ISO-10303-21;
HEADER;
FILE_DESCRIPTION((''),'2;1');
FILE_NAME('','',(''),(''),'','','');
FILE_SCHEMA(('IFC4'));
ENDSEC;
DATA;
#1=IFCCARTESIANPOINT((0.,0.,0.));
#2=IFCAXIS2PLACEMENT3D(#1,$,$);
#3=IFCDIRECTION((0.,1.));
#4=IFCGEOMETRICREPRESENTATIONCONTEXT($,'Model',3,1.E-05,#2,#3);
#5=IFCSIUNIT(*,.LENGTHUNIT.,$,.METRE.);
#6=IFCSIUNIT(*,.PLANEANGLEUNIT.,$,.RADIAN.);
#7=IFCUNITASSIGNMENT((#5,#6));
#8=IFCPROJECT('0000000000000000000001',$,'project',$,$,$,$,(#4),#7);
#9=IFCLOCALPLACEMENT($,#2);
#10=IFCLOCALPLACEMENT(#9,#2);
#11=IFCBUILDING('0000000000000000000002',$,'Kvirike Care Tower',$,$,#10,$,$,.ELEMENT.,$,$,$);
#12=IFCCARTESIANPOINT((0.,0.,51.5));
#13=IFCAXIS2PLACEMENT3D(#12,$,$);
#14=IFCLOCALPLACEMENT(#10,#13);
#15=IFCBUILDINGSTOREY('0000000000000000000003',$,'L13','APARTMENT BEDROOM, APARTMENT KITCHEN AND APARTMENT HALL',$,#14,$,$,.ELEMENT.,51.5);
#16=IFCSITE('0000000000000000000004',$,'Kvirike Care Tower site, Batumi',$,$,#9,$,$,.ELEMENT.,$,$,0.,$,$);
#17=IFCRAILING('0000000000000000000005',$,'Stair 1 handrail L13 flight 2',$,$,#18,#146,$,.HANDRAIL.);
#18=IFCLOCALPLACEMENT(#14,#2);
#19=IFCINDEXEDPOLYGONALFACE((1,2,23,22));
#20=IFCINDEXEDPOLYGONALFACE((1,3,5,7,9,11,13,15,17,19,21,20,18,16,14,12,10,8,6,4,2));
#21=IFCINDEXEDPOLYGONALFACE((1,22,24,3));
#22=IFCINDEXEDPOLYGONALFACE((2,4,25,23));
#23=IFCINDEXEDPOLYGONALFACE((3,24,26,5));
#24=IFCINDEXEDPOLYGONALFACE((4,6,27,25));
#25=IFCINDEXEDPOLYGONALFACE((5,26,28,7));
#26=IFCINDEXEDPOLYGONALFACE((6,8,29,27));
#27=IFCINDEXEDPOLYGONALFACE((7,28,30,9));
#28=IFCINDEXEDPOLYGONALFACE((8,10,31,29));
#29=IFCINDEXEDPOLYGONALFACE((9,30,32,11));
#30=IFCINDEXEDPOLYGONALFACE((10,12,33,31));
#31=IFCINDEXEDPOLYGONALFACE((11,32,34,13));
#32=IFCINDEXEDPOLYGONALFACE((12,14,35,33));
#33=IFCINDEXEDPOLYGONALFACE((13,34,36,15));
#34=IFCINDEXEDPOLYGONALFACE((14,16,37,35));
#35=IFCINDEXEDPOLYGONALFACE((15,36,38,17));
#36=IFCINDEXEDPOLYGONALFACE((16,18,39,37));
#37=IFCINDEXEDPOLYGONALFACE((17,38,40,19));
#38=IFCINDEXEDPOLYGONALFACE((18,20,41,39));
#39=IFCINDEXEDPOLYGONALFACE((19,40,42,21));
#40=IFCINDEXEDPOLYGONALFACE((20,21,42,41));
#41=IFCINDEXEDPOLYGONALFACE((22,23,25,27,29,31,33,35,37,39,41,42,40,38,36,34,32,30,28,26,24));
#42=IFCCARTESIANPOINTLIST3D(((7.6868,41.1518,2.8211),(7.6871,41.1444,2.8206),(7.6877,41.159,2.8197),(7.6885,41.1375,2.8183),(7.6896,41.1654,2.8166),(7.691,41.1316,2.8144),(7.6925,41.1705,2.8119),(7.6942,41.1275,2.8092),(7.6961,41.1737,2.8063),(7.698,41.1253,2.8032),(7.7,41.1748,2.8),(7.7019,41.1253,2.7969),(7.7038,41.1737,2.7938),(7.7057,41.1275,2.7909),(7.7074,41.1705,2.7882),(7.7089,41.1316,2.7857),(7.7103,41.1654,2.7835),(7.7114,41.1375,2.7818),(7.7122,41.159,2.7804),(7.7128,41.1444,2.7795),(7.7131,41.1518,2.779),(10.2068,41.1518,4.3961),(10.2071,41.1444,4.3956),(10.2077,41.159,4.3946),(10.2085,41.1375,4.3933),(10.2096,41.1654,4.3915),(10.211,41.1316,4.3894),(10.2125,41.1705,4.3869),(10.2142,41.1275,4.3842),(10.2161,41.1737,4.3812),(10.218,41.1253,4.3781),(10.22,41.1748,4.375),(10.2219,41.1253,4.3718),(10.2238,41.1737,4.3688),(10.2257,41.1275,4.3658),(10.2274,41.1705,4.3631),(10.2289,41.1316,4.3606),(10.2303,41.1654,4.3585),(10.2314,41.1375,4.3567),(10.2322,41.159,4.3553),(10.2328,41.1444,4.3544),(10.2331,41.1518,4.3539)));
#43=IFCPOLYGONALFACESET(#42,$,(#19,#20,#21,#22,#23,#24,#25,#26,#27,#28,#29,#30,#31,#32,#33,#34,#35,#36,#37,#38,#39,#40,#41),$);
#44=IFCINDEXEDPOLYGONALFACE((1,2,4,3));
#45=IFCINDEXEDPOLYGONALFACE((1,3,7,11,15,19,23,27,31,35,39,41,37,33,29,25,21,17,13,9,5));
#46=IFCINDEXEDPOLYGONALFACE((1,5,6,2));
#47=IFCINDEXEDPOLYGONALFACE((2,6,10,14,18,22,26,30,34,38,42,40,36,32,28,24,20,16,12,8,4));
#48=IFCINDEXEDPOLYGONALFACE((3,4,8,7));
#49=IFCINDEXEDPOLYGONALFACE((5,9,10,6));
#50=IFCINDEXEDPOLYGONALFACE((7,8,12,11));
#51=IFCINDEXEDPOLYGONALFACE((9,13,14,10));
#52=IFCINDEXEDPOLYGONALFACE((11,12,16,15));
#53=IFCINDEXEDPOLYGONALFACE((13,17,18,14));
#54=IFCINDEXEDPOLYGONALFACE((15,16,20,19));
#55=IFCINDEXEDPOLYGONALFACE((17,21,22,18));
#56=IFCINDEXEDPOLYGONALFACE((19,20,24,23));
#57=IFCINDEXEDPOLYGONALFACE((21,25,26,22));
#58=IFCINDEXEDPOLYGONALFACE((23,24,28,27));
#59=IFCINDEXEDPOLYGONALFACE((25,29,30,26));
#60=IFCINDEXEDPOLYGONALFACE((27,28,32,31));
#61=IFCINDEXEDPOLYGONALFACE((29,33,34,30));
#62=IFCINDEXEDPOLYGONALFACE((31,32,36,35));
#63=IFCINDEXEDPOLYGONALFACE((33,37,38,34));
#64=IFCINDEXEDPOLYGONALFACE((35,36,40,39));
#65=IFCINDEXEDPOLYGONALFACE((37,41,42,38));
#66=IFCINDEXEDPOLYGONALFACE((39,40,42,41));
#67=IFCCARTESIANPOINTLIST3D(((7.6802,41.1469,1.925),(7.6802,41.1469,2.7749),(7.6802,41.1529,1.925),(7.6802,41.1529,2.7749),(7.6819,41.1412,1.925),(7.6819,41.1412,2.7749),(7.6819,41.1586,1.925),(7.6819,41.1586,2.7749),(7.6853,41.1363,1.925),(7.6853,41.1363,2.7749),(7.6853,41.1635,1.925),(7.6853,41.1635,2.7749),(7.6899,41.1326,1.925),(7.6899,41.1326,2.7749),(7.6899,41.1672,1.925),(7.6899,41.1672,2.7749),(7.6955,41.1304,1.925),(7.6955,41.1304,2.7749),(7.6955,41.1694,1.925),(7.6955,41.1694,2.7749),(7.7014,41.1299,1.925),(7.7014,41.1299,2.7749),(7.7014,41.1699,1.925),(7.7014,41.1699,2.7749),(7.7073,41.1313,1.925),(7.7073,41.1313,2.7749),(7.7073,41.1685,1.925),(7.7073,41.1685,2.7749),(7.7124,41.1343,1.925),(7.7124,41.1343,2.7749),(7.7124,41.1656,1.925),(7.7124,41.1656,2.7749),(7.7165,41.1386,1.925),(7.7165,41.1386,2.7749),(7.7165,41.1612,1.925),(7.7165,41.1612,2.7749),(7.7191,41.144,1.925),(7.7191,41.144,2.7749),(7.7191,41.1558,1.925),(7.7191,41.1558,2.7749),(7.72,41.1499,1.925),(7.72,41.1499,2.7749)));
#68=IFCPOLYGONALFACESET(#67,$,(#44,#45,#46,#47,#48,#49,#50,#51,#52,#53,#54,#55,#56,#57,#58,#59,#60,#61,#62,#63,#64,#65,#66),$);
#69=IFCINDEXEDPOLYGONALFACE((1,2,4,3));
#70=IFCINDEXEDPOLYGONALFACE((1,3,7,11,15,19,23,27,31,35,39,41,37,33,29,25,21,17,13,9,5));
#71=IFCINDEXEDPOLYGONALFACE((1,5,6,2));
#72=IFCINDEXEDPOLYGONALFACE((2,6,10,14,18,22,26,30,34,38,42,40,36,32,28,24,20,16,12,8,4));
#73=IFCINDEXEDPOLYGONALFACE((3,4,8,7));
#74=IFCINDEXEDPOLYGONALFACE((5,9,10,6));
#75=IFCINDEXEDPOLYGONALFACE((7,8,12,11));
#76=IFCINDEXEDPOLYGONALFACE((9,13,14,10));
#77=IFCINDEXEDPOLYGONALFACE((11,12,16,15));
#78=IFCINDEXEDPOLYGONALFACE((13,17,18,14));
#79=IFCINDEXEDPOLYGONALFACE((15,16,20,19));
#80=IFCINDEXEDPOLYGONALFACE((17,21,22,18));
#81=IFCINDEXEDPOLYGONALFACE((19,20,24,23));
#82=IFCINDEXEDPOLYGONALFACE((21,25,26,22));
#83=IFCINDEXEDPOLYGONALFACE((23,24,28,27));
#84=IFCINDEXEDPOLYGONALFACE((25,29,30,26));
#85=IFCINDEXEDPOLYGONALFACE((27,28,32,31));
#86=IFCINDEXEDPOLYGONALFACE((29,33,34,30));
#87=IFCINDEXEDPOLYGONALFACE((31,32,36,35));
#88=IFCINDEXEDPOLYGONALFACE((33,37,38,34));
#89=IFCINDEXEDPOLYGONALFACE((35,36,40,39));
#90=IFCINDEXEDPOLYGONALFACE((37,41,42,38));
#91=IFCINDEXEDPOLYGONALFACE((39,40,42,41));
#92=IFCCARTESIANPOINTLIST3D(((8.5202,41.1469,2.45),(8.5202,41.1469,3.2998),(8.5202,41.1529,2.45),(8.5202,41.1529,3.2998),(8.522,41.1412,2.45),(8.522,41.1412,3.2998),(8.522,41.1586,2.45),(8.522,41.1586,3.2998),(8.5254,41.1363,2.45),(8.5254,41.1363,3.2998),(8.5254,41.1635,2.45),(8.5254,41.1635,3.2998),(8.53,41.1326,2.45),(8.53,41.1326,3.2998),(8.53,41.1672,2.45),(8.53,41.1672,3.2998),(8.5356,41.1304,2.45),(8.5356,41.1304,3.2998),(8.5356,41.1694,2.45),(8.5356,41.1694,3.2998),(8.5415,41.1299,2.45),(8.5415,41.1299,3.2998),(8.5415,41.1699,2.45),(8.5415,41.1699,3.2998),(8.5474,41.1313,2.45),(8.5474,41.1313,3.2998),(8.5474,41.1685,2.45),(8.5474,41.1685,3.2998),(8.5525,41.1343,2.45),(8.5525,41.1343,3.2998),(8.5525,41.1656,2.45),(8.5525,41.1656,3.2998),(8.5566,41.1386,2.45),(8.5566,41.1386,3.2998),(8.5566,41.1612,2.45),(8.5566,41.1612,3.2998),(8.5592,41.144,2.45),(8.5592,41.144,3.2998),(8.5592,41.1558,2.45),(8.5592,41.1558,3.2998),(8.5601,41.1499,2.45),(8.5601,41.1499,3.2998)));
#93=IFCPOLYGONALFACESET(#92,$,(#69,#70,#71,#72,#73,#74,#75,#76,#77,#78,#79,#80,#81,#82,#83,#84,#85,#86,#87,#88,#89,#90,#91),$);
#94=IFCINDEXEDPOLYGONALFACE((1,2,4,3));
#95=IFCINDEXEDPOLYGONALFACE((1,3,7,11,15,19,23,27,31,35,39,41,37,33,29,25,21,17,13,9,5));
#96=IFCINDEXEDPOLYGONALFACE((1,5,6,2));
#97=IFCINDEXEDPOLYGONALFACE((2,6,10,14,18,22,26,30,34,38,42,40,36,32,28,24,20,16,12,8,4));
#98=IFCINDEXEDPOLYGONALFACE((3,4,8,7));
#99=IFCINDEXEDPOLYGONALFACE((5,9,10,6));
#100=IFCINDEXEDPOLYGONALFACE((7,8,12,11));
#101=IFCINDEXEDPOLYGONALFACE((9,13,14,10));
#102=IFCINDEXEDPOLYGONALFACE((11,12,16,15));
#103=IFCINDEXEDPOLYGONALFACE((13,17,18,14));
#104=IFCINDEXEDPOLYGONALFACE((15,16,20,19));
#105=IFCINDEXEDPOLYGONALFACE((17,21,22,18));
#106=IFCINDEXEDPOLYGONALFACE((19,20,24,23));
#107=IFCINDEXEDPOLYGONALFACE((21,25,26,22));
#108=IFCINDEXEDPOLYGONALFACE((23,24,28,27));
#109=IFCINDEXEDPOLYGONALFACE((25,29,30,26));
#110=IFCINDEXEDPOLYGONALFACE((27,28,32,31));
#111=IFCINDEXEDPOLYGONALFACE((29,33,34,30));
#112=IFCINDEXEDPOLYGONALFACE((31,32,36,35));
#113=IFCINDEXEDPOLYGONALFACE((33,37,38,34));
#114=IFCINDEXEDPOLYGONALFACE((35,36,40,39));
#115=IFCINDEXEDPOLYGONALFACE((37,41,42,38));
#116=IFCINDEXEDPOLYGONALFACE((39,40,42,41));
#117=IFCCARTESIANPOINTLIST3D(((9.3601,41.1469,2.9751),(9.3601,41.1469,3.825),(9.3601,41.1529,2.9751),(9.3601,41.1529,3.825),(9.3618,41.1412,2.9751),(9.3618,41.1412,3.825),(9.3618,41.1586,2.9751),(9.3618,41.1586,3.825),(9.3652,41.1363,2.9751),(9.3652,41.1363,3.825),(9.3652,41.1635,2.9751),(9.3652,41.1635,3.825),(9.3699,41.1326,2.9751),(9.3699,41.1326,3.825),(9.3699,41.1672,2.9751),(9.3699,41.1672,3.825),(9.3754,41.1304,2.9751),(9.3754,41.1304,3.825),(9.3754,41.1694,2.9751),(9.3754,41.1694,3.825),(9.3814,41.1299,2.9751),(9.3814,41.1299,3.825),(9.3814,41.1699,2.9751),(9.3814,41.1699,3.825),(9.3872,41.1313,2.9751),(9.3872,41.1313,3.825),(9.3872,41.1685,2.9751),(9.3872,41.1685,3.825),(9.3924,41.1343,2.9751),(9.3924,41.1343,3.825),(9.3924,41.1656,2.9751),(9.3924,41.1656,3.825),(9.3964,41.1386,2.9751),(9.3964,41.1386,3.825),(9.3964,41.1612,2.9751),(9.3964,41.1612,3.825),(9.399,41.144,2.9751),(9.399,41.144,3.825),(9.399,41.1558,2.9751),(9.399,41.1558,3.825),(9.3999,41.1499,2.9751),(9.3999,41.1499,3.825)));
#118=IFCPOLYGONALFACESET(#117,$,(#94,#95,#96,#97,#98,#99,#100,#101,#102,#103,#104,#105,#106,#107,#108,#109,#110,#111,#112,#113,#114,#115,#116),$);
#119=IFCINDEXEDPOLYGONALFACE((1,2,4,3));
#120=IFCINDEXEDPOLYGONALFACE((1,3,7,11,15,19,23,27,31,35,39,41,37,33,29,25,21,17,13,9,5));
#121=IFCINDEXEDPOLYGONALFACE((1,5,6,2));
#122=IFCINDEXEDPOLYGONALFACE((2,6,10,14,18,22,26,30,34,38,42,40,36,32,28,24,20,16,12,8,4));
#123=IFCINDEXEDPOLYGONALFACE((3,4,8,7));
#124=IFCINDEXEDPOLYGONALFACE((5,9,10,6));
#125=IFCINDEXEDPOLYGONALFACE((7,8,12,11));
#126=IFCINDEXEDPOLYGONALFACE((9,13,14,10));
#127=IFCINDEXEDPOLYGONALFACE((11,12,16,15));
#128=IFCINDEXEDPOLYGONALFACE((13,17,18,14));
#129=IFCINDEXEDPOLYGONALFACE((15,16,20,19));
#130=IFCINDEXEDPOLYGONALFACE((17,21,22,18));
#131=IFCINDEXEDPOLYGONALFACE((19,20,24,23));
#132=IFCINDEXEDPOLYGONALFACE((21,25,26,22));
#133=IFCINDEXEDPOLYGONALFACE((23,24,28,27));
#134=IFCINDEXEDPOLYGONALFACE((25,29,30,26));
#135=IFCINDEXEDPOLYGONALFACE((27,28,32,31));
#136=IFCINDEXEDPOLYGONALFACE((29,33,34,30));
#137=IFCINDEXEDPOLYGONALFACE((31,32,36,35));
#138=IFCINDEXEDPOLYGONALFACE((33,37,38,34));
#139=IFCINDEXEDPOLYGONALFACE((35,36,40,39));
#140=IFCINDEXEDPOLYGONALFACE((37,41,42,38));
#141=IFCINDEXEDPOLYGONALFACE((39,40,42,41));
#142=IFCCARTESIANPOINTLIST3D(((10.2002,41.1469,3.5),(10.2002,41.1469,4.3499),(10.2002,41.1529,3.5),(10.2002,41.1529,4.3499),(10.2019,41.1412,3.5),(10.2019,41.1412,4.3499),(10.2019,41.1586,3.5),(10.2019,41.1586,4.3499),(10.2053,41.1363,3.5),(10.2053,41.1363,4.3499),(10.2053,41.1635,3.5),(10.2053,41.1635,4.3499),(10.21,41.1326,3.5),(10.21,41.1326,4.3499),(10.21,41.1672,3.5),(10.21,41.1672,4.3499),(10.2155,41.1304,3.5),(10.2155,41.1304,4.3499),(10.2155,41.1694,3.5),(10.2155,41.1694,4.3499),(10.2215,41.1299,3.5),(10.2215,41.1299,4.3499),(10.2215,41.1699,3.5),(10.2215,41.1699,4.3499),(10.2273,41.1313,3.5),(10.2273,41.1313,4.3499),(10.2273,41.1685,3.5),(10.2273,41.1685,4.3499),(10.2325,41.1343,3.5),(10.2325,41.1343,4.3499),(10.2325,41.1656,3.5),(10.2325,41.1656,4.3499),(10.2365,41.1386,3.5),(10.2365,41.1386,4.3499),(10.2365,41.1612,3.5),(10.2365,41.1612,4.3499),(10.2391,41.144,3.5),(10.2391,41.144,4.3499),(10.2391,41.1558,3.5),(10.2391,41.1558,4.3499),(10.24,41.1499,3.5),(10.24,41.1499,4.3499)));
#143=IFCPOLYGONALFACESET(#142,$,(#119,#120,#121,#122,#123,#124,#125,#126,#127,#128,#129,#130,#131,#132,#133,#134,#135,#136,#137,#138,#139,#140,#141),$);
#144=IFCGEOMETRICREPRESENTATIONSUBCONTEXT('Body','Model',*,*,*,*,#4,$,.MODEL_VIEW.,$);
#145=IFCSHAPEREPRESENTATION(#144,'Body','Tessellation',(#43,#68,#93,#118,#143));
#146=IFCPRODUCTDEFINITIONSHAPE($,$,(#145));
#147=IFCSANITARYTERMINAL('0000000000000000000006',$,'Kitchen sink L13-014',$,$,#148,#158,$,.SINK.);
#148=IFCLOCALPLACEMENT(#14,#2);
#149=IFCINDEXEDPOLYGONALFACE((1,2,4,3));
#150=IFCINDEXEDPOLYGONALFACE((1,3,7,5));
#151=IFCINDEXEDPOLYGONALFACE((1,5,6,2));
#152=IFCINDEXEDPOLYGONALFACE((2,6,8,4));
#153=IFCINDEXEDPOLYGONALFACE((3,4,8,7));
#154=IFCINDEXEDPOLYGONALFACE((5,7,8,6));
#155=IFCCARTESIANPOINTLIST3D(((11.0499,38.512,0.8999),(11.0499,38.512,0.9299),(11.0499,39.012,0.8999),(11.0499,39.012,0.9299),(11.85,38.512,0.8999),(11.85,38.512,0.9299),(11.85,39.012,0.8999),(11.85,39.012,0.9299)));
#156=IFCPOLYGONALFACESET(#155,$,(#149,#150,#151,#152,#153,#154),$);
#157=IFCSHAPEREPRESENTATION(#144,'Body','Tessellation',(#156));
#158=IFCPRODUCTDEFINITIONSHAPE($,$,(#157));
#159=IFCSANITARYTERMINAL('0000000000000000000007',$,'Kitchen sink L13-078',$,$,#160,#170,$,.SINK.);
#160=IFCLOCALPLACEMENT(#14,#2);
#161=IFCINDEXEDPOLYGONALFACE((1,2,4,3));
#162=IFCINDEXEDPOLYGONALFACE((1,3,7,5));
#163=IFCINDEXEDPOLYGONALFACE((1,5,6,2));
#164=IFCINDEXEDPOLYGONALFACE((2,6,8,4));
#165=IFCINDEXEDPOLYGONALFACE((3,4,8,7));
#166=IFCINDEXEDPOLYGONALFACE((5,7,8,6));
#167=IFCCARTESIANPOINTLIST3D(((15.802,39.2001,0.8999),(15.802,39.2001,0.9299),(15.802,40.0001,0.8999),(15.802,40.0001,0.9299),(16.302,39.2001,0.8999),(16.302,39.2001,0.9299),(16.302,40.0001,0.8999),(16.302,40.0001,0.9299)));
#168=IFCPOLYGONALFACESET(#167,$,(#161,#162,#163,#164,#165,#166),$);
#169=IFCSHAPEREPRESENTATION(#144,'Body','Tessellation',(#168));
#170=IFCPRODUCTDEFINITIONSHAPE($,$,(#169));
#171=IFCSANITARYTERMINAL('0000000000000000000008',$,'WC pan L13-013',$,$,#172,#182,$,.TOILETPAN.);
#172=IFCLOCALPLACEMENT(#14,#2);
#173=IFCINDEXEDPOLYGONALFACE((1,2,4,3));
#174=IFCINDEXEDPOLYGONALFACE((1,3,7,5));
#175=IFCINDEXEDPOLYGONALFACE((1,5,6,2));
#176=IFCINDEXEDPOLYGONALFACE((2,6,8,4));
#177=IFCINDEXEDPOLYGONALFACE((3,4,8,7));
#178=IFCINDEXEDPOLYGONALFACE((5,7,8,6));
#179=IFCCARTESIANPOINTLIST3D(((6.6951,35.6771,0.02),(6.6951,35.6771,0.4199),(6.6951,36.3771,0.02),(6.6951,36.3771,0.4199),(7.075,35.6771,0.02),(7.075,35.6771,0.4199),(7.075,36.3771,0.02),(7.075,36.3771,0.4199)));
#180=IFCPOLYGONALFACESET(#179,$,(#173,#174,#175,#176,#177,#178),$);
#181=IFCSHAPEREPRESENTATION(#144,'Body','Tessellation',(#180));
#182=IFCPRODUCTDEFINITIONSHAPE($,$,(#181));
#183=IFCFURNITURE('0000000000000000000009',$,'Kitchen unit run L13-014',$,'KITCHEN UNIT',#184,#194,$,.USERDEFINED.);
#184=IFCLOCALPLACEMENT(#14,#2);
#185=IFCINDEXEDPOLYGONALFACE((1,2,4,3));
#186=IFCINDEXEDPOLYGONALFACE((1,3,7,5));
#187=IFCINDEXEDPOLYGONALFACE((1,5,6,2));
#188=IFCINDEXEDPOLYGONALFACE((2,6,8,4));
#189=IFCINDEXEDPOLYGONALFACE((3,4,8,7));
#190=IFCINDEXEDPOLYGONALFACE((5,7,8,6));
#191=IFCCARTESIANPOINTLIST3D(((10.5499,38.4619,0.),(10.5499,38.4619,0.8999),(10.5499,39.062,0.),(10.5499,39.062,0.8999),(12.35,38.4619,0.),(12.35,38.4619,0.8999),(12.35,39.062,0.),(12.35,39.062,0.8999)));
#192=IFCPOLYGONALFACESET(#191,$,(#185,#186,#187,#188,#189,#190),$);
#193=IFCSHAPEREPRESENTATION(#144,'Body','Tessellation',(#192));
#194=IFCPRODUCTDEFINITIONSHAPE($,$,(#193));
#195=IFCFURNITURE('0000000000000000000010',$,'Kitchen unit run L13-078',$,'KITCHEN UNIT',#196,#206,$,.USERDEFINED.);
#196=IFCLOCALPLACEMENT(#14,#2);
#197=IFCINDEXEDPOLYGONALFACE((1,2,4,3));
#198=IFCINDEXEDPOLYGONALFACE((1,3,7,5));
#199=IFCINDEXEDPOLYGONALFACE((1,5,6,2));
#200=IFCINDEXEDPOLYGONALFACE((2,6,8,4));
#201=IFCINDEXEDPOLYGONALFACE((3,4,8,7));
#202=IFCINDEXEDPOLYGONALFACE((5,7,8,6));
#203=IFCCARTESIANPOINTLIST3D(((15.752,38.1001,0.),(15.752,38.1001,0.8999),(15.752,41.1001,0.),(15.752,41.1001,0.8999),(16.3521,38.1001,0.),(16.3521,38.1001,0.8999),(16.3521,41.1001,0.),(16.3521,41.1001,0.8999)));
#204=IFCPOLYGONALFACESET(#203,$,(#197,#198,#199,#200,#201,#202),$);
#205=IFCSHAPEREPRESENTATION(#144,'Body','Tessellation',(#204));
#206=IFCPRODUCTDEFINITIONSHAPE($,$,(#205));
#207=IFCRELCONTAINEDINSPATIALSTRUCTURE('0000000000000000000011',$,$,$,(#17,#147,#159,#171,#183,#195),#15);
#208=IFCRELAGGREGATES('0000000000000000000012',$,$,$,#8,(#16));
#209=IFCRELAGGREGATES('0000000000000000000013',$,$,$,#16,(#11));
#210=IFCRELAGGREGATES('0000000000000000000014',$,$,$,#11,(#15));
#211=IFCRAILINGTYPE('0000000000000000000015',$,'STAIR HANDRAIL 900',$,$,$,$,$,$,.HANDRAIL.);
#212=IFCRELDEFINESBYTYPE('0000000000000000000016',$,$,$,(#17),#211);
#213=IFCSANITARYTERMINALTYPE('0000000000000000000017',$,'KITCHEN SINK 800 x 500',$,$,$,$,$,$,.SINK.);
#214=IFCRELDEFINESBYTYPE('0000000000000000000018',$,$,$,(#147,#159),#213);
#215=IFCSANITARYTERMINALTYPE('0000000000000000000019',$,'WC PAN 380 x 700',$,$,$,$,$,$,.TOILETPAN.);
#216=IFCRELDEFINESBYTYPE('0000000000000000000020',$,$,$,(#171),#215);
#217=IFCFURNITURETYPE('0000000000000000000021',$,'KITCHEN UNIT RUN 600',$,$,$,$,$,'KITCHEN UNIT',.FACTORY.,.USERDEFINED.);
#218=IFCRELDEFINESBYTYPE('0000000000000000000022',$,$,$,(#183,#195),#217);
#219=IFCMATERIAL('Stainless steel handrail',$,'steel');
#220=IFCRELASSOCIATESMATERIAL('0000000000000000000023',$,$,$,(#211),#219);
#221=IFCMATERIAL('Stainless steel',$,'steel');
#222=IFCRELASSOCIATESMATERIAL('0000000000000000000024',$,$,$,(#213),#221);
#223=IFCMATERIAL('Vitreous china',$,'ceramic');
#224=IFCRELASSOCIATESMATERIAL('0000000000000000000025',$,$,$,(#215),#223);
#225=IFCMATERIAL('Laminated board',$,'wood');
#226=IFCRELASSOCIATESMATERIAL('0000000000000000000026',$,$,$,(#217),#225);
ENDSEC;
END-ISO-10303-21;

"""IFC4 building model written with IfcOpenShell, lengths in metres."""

from ifc_helpers import new_model, si_unit, direction, frame, origin, origin_2d, place, context, subcontext, project, spatial, rectangle, circle, extrude, material, type_object, element, save


model = new_model("IFC4")

# Units and contexts
model_context = context("Model", 3, precision=1e-05, world=origin(), true_north=direction((0.0, 1.0)))
body_context = subcontext(model_context, "Body", "Model", "MODEL_VIEW")
ifc_project = project(units=[si_unit("LENGTHUNIT", "METRE"), si_unit("PLANEANGLEUNIT", "RADIAN")], contexts=[model_context])

# Site, building, storey
site_placement = place(None, origin())
site = spatial("IfcSite", under=ifc_project, at=site_placement, Name="Kvirike Care Tower site, Batumi", CompositionType="ELEMENT", RefElevation=0.0)
building_placement = place(site_placement, origin())
building = spatial("IfcBuilding", under=site, at=building_placement, Name="Kvirike Care Tower", CompositionType="ELEMENT")
storey_placement = place(building_placement, frame((0.0, 0.0, 51.5)))
storey = spatial("IfcBuildingStorey", under=building, at=storey_placement, Name="L13", Description="APARTMENT BEDROOM, APARTMENT KITCHEN AND APARTMENT HALL", CompositionType="ELEMENT", Elevation=51.5)

# Railing
ifc_material_1 = material(Name="Stainless steel handrail", Category="steel")
railing_type = type_object("IfcRailingType", Name="STAIR HANDRAIL 900", PredefinedType="HANDRAIL", material=ifc_material_1)
railing_1_placement = place(storey_placement, frame((7.7, 41.1499, 1.925)))
element("IfcRailing", 1, at=railing_1_placement, inside=storey, type_object=railing_type, Name="Stair 1 handrail L13 flight 2", PredefinedType="HANDRAIL", context=body_context, shape_type="SweptSolid", body=[
    extrude(circle(Radius=0.0249, at=origin_2d()), frame((0.0, 0.0, 0.875), z_axis=(0.848008, 0.0, 0.529984), x_axis=(0.0, 1.0, 0.0)), (0.0, 0.0, 1.0), 2.9717),
    extrude(circle(Radius=0.02, at=origin_2d()), origin(), (0.0, 0.0, 1.0), 0.8499),
    extrude(circle(Radius=0.02, at=origin_2d()), frame((0.8401, 0.0, 0.5249)), (0.0, 0.0, 1.0), 0.8499),
    extrude(circle(Radius=0.02, at=origin_2d()), frame((1.6799, 0.0, 1.05)), (0.0, 0.0, 1.0), 0.8499),
    extrude(circle(Radius=0.02, at=origin_2d()), frame((2.52, 0.0, 1.575)), (0.0, 0.0, 1.0), 0.8499),
])

# Sanitary terminals
ifc_material_2 = material(Name="Stainless steel", Category="steel")
sanitary_terminal_type_1 = type_object("IfcSanitaryTerminalType", Name="KITCHEN SINK 800 x 500", PredefinedType="SINK", material=ifc_material_2)
for number, where, z_axis, x_axis, name in (
    (2, (11.45, 38.762, 0.8999), (0.0, 0.0, 1.0), (-1.0, 0.0, 0.0), "Kitchen sink L13-014"),
    (3, (16.052, 39.6001, 0.8999), (0.0, 0.0, 1.0), (0.0, 1.0, 0.0), "Kitchen sink L13-078"),
):
    element("IfcSanitaryTerminal", number, at=place(storey_placement, frame(where, z_axis=z_axis, x_axis=x_axis)), inside=storey, type_object=sanitary_terminal_type_1, Name=name, PredefinedType="SINK", context=body_context, shape_type="SweptSolid", body=[
        extrude(rectangle(XDim=0.8, YDim=0.5, at=origin_2d()), origin(), (0.0, 0.0, 1.0), 0.03),
    ])
ifc_material_3 = material(Name="Vitreous china", Category="ceramic")
sanitary_terminal_type_2 = type_object("IfcSanitaryTerminalType", Name="WC PAN 380 x 700", PredefinedType="TOILETPAN", material=ifc_material_3)
sanitary_terminal_placement = place(storey_placement, frame((6.885, 36.0271, 0.02), z_axis=(0.0, 0.0, 1.0), x_axis=(-1.0, 0.0, 0.0)))
element("IfcSanitaryTerminal", 4, at=sanitary_terminal_placement, inside=storey, type_object=sanitary_terminal_type_2, Name="WC pan L13-013", PredefinedType="TOILETPAN", context=body_context, shape_type="SweptSolid", body=[
    extrude(rectangle(XDim=0.3799, YDim=0.7, at=origin_2d()), origin(), (0.0, 0.0, 1.0), 0.3999),
])

# Furniture
ifc_material_4 = material(Name="Laminated board", Category="wood")
furniture_type = type_object("IfcFurnitureType", Name="KITCHEN UNIT RUN 600", ElementType="KITCHEN UNIT", AssemblyPlace="FACTORY", PredefinedType="USERDEFINED", material=ifc_material_4)
furniture_1_placement = place(storey_placement, frame((11.45, 38.762, 0.0), z_axis=(0.0, 0.0, 1.0), x_axis=(-1.0, 0.0, 0.0)))
element("IfcFurniture", 5, at=furniture_1_placement, inside=storey, type_object=furniture_type, Name="Kitchen unit run L13-014", ObjectType="KITCHEN UNIT", PredefinedType="USERDEFINED", context=body_context, shape_type="SweptSolid", body=[
    extrude(rectangle(XDim=1.8, YDim=0.6001, at=origin_2d()), origin(), (0.0, 0.0, 1.0), 0.8999),
])
furniture_2_placement = place(storey_placement, frame((16.052, 39.6001, 0.0), z_axis=(0.0, 0.0, 1.0), x_axis=(0.0, 1.0, 0.0)))
element("IfcFurniture", 6, at=furniture_2_placement, inside=storey, type_object=furniture_type, Name="Kitchen unit run L13-078", ObjectType="KITCHEN UNIT", PredefinedType="USERDEFINED", context=body_context, shape_type="SweptSolid", body=[
    extrude(rectangle(XDim=3.0, YDim=0.6001, at=origin_2d()), origin(), (0.0, 0.0, 1.0), 0.8999),
])

save(model, "model.ifc")
